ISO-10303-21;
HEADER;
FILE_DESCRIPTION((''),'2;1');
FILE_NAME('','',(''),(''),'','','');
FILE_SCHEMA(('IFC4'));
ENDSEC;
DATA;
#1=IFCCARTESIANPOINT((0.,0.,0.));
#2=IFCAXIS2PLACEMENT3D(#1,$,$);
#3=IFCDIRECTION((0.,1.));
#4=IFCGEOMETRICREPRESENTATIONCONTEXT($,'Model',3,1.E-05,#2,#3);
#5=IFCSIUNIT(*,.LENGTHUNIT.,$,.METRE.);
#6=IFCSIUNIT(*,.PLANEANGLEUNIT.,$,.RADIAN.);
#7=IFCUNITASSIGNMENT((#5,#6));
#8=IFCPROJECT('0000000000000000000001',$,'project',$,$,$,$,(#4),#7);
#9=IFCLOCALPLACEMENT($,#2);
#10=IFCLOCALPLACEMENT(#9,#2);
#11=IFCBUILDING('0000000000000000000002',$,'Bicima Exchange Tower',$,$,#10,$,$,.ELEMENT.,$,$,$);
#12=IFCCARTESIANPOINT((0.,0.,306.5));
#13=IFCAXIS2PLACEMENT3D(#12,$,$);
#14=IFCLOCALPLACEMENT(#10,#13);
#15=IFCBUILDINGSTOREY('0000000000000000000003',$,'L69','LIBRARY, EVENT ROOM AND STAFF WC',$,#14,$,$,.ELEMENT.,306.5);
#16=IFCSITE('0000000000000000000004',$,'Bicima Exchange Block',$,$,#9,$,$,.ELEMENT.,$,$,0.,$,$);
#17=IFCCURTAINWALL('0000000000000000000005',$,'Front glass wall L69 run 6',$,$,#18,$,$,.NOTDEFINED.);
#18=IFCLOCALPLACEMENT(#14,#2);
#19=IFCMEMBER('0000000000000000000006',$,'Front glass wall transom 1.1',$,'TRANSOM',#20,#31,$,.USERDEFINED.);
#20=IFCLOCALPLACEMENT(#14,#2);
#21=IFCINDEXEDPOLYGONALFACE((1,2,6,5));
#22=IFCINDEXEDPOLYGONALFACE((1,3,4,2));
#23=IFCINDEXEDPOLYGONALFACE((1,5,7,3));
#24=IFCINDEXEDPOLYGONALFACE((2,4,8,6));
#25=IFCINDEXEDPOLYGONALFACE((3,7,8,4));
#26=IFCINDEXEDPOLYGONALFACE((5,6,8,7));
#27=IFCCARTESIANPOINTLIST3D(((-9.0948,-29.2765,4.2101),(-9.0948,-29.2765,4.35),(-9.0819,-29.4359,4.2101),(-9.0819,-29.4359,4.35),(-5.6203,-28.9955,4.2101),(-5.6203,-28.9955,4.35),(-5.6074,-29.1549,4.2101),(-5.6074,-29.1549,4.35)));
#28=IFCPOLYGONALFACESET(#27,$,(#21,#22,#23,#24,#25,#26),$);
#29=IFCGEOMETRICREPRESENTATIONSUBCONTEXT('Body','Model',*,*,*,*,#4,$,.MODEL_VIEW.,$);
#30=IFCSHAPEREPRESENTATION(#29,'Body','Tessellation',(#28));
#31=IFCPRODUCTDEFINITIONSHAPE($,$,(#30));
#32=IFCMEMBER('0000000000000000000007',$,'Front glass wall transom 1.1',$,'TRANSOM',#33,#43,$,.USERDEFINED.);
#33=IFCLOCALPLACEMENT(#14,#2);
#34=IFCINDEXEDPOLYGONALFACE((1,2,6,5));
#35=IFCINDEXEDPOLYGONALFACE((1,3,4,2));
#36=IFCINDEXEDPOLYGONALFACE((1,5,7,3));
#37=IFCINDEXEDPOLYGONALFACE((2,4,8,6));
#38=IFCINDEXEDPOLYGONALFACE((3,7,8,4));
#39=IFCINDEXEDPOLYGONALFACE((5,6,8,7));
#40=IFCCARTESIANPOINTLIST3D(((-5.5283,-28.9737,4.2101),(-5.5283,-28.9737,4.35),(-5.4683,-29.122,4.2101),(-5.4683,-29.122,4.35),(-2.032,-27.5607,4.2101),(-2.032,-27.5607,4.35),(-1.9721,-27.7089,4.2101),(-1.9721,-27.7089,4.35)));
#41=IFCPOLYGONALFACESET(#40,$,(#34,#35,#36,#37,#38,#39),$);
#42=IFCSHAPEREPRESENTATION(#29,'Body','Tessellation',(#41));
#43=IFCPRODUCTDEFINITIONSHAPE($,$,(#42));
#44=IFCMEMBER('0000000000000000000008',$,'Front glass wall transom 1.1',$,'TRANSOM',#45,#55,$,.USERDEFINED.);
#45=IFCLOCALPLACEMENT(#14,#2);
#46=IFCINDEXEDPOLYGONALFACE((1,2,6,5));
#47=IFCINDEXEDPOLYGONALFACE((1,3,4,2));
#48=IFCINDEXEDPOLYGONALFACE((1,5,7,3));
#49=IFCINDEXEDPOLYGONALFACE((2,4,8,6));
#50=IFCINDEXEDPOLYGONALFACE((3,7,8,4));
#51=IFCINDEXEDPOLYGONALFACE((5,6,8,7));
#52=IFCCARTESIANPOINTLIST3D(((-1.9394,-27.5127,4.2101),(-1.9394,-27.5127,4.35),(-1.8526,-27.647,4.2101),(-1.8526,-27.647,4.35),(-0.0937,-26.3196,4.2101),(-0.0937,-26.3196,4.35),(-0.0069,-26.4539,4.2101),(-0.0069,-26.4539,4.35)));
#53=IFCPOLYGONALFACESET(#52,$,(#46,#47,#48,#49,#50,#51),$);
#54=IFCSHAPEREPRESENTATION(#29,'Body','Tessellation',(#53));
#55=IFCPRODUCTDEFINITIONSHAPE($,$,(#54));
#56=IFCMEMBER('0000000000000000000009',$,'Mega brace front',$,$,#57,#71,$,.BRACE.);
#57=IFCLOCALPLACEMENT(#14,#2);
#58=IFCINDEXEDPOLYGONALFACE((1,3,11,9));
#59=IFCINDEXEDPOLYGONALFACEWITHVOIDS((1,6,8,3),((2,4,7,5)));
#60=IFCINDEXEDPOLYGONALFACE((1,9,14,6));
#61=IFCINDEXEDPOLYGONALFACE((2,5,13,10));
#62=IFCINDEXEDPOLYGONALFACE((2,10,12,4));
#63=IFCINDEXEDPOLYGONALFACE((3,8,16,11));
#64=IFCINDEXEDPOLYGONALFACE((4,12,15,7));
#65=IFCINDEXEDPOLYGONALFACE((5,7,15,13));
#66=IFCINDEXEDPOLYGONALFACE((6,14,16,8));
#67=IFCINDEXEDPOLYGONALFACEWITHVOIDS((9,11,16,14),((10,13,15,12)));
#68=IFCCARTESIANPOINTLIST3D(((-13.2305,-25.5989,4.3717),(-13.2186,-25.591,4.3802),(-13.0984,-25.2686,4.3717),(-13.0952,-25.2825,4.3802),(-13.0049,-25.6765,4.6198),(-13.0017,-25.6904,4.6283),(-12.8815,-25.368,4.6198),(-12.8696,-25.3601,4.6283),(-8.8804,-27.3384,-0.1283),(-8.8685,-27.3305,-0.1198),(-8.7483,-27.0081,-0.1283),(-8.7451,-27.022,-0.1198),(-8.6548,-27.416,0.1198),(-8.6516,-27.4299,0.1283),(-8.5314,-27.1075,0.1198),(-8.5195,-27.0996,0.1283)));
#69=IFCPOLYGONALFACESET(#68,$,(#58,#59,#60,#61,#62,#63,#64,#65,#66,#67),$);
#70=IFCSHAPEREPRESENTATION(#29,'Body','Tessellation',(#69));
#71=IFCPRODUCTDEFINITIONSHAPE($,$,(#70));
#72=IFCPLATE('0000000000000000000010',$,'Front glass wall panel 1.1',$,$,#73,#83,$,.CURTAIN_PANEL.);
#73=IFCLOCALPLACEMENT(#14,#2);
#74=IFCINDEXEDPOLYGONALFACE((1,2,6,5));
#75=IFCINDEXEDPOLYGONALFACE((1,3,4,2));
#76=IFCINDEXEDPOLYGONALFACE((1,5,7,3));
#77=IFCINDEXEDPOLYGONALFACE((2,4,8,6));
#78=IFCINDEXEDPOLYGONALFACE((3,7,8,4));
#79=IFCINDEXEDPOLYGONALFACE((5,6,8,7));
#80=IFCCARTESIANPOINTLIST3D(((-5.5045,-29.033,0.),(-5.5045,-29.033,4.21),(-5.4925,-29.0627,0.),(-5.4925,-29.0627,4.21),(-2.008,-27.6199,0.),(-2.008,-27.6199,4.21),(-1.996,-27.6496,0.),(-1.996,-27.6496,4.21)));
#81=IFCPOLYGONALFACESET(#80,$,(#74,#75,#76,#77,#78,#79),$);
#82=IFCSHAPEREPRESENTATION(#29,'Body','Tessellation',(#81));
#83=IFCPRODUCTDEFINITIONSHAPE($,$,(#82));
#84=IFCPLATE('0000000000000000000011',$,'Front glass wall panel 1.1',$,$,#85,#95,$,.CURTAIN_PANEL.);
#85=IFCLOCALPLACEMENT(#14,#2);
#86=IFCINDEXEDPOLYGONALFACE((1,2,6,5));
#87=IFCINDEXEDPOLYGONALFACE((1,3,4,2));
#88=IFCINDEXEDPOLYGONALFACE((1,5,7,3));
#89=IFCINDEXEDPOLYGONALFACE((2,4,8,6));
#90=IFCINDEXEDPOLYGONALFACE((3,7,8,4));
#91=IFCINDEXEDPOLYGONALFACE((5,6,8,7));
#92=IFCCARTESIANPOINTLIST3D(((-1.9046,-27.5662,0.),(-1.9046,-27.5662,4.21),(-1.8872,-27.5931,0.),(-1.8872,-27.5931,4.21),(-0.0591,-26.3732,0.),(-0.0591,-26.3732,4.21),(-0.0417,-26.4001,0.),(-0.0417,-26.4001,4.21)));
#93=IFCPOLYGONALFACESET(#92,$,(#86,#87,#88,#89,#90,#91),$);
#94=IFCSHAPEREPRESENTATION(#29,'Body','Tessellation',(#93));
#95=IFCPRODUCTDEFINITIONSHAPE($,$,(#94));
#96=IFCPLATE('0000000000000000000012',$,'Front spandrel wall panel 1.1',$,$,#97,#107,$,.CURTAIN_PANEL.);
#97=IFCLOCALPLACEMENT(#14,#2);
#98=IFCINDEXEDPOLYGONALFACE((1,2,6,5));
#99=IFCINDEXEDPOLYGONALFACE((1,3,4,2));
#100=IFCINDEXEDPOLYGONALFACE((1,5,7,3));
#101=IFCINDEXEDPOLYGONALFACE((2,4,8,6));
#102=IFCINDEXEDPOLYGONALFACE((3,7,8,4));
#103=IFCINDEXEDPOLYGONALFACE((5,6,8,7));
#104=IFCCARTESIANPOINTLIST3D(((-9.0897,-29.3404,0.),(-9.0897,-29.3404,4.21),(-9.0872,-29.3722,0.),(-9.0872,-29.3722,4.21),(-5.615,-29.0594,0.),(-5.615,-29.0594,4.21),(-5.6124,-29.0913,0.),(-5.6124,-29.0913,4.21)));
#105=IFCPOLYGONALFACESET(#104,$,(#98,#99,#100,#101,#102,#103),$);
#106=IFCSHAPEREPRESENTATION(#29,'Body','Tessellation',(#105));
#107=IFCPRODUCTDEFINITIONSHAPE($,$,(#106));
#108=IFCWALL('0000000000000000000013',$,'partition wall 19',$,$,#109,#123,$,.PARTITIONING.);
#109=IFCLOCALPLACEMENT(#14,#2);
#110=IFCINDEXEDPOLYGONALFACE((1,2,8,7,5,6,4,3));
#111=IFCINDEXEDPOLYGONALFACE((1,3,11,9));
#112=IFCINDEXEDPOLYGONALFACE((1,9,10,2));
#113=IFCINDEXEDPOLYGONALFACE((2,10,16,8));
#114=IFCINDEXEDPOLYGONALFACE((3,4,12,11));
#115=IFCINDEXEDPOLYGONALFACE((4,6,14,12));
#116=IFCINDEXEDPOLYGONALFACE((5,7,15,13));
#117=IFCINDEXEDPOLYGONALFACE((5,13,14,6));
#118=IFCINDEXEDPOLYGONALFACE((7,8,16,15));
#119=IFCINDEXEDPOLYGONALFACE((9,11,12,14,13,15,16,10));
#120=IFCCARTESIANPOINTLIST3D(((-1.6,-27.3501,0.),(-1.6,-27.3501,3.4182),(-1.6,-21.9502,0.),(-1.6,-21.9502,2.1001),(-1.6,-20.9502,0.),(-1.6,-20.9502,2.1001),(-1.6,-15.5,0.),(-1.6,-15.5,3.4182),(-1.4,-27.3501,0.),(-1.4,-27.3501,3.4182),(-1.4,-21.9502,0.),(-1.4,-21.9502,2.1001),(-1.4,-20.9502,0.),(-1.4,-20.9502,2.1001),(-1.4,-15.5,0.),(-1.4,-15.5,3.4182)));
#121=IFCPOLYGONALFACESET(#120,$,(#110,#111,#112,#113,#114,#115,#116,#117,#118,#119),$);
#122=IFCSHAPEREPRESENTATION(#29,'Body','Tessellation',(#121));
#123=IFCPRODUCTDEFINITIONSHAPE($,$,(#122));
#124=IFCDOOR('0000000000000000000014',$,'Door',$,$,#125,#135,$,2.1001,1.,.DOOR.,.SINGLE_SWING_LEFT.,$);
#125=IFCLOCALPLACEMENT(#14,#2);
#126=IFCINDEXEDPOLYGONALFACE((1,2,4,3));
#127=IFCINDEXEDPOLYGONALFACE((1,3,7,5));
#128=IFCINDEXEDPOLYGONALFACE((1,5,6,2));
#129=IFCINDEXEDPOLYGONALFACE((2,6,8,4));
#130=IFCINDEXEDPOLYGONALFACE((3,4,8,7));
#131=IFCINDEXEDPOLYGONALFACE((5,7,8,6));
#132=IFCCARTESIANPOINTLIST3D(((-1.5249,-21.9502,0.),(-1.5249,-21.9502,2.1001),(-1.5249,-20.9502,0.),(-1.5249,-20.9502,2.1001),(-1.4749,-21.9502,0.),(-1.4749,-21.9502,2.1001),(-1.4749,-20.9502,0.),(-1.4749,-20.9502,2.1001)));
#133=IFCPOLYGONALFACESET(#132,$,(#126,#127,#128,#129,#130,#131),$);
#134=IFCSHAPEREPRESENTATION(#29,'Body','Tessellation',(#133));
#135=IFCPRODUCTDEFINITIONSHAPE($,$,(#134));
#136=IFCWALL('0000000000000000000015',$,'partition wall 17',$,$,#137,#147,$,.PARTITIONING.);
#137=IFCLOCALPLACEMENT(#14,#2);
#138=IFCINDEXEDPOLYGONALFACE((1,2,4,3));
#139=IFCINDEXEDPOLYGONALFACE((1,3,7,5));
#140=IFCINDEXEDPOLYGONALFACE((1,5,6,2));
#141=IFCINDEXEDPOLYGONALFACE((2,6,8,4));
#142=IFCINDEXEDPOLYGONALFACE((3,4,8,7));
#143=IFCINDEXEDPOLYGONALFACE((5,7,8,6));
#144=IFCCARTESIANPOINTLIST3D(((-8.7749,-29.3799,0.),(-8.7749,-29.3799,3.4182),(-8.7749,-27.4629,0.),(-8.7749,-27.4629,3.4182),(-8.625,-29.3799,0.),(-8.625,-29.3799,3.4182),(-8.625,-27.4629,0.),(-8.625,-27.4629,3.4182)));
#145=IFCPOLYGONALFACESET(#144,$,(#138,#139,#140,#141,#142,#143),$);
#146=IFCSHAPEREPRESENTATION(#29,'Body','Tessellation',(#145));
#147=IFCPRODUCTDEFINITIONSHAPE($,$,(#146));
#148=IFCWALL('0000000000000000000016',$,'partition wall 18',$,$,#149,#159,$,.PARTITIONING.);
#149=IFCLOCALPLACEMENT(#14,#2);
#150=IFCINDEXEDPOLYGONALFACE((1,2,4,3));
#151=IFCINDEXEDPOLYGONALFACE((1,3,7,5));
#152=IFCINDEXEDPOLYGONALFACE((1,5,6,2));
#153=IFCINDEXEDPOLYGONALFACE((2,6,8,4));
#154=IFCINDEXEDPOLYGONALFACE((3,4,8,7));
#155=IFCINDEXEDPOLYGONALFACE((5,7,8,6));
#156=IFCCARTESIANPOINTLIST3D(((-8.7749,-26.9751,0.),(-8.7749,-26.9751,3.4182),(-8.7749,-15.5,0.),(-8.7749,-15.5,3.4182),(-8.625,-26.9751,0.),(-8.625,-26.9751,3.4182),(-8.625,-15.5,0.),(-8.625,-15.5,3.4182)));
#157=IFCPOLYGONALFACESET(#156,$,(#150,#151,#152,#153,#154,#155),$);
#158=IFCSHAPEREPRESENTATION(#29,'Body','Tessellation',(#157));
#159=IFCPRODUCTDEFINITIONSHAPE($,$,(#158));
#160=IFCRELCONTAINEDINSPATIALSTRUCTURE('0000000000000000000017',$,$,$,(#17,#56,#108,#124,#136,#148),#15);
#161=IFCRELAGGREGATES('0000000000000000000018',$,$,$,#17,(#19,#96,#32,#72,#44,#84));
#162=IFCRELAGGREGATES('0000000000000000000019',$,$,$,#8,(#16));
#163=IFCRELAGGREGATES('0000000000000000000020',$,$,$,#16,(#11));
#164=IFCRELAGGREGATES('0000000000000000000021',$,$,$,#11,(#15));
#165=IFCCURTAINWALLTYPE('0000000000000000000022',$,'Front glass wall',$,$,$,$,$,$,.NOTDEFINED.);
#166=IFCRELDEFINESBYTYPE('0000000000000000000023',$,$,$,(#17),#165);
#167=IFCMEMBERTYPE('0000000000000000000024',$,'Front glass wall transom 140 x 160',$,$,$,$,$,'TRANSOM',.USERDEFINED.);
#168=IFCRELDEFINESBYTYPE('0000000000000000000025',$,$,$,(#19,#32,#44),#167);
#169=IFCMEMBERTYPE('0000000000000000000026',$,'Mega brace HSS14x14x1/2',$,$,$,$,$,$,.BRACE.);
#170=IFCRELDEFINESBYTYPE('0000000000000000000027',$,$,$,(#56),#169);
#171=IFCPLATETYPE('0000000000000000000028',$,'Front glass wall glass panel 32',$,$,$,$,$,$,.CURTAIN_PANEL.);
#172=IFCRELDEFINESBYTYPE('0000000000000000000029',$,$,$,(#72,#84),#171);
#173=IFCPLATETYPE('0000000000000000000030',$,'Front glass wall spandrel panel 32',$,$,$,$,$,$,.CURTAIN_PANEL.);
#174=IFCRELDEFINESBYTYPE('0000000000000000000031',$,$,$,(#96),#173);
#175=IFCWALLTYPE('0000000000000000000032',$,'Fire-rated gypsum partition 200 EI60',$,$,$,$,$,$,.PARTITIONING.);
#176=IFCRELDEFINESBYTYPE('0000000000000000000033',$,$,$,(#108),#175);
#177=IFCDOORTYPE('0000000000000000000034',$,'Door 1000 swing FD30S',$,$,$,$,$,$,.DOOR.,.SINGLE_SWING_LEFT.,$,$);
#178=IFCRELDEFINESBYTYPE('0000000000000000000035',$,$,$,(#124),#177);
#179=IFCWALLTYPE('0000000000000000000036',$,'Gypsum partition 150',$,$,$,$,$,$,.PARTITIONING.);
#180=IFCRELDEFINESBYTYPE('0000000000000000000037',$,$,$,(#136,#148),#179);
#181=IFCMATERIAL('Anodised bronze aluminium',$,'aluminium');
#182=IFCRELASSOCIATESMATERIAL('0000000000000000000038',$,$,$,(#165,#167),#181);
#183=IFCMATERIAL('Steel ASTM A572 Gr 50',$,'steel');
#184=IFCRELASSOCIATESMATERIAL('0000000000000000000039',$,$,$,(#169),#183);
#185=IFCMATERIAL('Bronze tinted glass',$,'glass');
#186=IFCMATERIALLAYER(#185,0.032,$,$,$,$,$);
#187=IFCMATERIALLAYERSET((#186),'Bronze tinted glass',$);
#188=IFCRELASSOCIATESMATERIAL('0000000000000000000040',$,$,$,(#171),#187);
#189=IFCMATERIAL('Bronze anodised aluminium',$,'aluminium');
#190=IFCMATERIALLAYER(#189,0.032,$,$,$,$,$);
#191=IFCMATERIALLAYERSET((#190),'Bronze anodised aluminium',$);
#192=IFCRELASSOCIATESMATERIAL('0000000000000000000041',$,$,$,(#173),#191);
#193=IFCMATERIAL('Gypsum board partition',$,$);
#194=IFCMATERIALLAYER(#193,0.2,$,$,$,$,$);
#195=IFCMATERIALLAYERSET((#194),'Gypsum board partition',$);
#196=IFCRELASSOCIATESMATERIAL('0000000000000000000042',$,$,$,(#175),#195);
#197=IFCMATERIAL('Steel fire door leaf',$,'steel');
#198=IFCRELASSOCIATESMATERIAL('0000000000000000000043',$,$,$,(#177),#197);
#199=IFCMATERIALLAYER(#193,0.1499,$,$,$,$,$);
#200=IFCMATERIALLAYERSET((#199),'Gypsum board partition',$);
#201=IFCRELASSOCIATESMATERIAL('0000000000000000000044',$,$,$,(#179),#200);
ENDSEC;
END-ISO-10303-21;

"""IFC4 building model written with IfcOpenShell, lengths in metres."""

from ifc_helpers import new_model, si_unit, direction, frame, frame_2d, origin, origin_2d, place, context, subcontext, project, spatial, rectangle, hollow_rectangle, extrude, material, layer, layer_set, material_profile, profile_set, type_object, element, fill, aggregate, save


model = new_model("IFC4")

# Units and contexts
model_context = context("Model", 3, precision=1e-05, world=origin(), true_north=direction((0.0, 1.0)))
body_context = subcontext(model_context, "Body", "Model", "MODEL_VIEW")
ifc_project = project(units=[si_unit("LENGTHUNIT", "METRE"), si_unit("PLANEANGLEUNIT", "RADIAN")], contexts=[model_context])

# Site, building, storey
site_placement = place(None, origin())
site = spatial("IfcSite", under=ifc_project, at=site_placement, Name="Bicima Exchange Block", CompositionType="ELEMENT", RefElevation=0.0)
building_placement = place(site_placement, origin())
building = spatial("IfcBuilding", under=site, at=building_placement, Name="Bicima Exchange Tower", CompositionType="ELEMENT")
storey_placement = place(building_placement, frame((0.0, 0.0, 306.5)))
storey = spatial("IfcBuildingStorey", under=building, at=storey_placement, Name="L69", Description="LIBRARY, EVENT ROOM AND STAFF WC", CompositionType="ELEMENT", Elevation=306.5)

# Curtain wall, members
ifc_material_1 = material(Name="Anodised bronze aluminium", Category="aluminium")
curtain_wall_type = type_object("IfcCurtainWallType", Name="Front glass wall", PredefinedType="NOTDEFINED", material=ifc_material_1)
curtain_wall_placement = place(storey_placement, origin())
curtain_wall = element("IfcCurtainWall", 1, at=curtain_wall_placement, inside=storey, type_object=curtain_wall_type, Name="Front glass wall L69 run 6", PredefinedType="NOTDEFINED")
ifc_material_profile_1 = material_profile(ifc_material_1, rectangle(XDim=0.1599, YDim=0.1399, at=origin_2d()))
ifc_profile_set_1 = profile_set([ifc_material_profile_1], Name="Anodised bronze aluminium")
member_type_1 = type_object("IfcMemberType", Name="Front glass wall transom 140 x 160", ElementType="TRANSOM", PredefinedType="USERDEFINED", material=ifc_profile_set_1)
member_1_placement = place(storey_placement, frame((-9.0884, -29.3562, 4.28), z_axis=(0.996746, 0.080611, 0.0), x_axis=(-0.080611, 0.996746, 0.0)))
member_1 = element("IfcMember", 2, at=member_1_placement, type_object=member_type_1, Name="Front glass wall transom 1.1", ObjectType="TRANSOM", PredefinedType="USERDEFINED", context=body_context, shape_type="SweptSolid", body=[
    extrude(rectangle(XDim=0.1599, YDim=0.1399, at=origin_2d()), origin(), (0.0, 0.0, 1.0), 3.4858),
])
member_2_placement = place(storey_placement, frame((-5.4983, -29.0479, 4.28), z_axis=(0.92714, 0.374715, 0.0), x_axis=(-0.374715, 0.92714, 0.0)))
member_2 = element("IfcMember", 3, at=member_2_placement, type_object=member_type_1, Name="Front glass wall transom 1.1", ObjectType="TRANSOM", PredefinedType="USERDEFINED", context=body_context, shape_type="SweptSolid", body=[
    extrude(rectangle(XDim=0.1599, YDim=0.1399, at=origin_2d()), origin(), (0.0, 0.0, 1.0), 3.771),
])
member_3_placement = place(storey_placement, frame((-1.896, -27.5798, 4.28), z_axis=(0.839811, 0.542878, 0.0), x_axis=(-0.542878, 0.839811, 0.0)))
member_3 = element("IfcMember", 4, at=member_3_placement, type_object=member_type_1, Name="Front glass wall transom 1.1", ObjectType="TRANSOM", PredefinedType="USERDEFINED", context=body_context, shape_type="SweptSolid", body=[
    extrude(rectangle(XDim=0.1599, YDim=0.1399, at=origin_2d()), origin(), (0.0, 0.0, 1.0), 2.1978),
])

# Member
ifc_material_2 = material(Name="Steel ASTM A572 Gr 50", Category="steel")
ifc_material_profile_2 = material_profile(ifc_material_2, hollow_rectangle(XDim=0.3557, YDim=0.3557, WallThickness=0.0117, at=origin_2d()))
ifc_profile_set_2 = profile_set([ifc_material_profile_2], Name="Steel ASTM A572 Gr 50")
member_type_2 = type_object("IfcMemberType", Name="Mega brace HSS14x14x1/2", PredefinedType="BRACE", material=ifc_profile_set_2)
member_4_placement = place(storey_placement, frame((-8.7, -27.219, 0.0), z_axis=(-0.669648, 0.267777, 0.692724), x_axis=(-0.371292, -0.928516, 0.0)))
element("IfcMember", 5, at=member_4_placement, inside=storey, type_object=member_type_2, Name="Mega brace front", PredefinedType="BRACE", context=body_context, shape_type="SweptSolid", body=[
    extrude(hollow_rectangle(XDim=0.3557, YDim=0.3557, WallThickness=0.0117, at=origin_2d()), origin(), (0.0, 0.0, 1.0), 6.4961),
])

# Plates
ifc_material_3 = material(Name="Bronze tinted glass", Category="glass")
ifc_layer_1 = layer(ifc_material_3, 0.032)
ifc_layer_set_1 = layer_set([ifc_layer_1], Name="Bronze tinted glass")
plate_type_1 = type_object("IfcPlateType", Name="Front glass wall glass panel 32", PredefinedType="CURTAIN_PANEL", material=ifc_layer_set_1)
plate_1_placement = place(storey_placement, frame((-3.7502, -28.3413, 0.0), z_axis=(0.0, 0.0, 1.0), x_axis=(0.927144, 0.374705, 0.0)))
plate_1 = element("IfcPlate", 6, at=plate_1_placement, type_object=plate_type_1, Name="Front glass wall panel 1.1", PredefinedType="CURTAIN_PANEL", context=body_context, shape_type="SweptSolid", body=[
    extrude(rectangle(XDim=3.7712, YDim=0.032, at=origin_2d()), origin(), (0.0, 0.0, 1.0), 4.21),
])
plate_2_placement = place(storey_placement, frame((-0.9731, -26.9832, 0.0), z_axis=(0.0, 0.0, 1.0), x_axis=(0.839799, 0.542897, 0.0)))
plate_2 = element("IfcPlate", 7, at=plate_2_placement, type_object=plate_type_1, Name="Front glass wall panel 1.1", PredefinedType="CURTAIN_PANEL", context=body_context, shape_type="SweptSolid", body=[
    extrude(rectangle(XDim=2.1975, YDim=0.032, at=origin_2d()), origin(), (0.0, 0.0, 1.0), 4.21),
])
ifc_material_4 = material(Name="Bronze anodised aluminium", Category="aluminium")
ifc_layer_2 = layer(ifc_material_4, 0.032)
ifc_layer_set_2 = layer_set([ifc_layer_2], Name="Bronze anodised aluminium")
plate_type_2 = type_object("IfcPlateType", Name="Front glass wall spandrel panel 32", PredefinedType="CURTAIN_PANEL", material=ifc_layer_set_2)
plate_3_placement = place(storey_placement, frame((-7.3511, -29.2158, 0.0), z_axis=(0.0, 0.0, 1.0), x_axis=(0.996747, 0.080589, 0.0)))
plate_3 = element("IfcPlate", 8, at=plate_3_placement, type_object=plate_type_2, Name="Front spandrel wall panel 1.1", PredefinedType="CURTAIN_PANEL", context=body_context, shape_type="SweptSolid", body=[
    extrude(rectangle(XDim=3.4861, YDim=0.032, at=origin_2d()), origin(), (0.0, 0.0, 1.0), 4.21),
])
aggregate(curtain_wall, [member_1, plate_3, member_2, plate_1, member_3, plate_2])

# Wall, opening, door
ifc_material_5 = material(Name="Gypsum board partition")
ifc_layer_3 = layer(ifc_material_5, 0.2)
ifc_layer_set_3 = layer_set([ifc_layer_3], Name="Gypsum board partition")
wall_type_1 = type_object("IfcWallType", Name="Fire-rated gypsum partition 200 EI60", PredefinedType="PARTITIONING", material=ifc_layer_set_3)
wall_1_placement = place(storey_placement, frame((-1.5, -27.3501, 0.0), z_axis=(0.0, 0.0, 1.0), x_axis=(0.0, 1.0, 0.0)))
wall_1 = element("IfcWall", 9, at=wall_1_placement, inside=storey, type_object=wall_type_1, Name="partition wall 19", PredefinedType="PARTITIONING", context=body_context, shape_type="SweptSolid", body=[
    extrude(rectangle(XDim=11.8501, YDim=0.2, at=frame_2d((5.925, 0.0))), origin(), (0.0, 0.0, 1.0), 3.4182),
])
opening_placement = place(wall_1_placement, frame((5.3999, 0.0, 0.0)))
opening = element("IfcOpeningElement", 10, at=opening_placement, cuts=wall_1, PredefinedType="OPENING", context=body_context, shape_type="SweptSolid", body=[
    extrude(rectangle(XDim=1.0, YDim=2.1001, at=frame_2d((0.5, 1.05))), frame((0.0, 0.1118, 0.0), z_axis=(0.0, -1.0, 0.0), x_axis=(1.0, 0.0, 0.0)), (0.0, 0.0, 1.0), 0.2239),
])
ifc_material_6 = material(Name="Steel fire door leaf", Category="steel")
door_type = type_object("IfcDoorType", Name="Door 1000 swing FD30S", OperationType="SINGLE_SWING_LEFT", PredefinedType="DOOR", material=ifc_material_6)
door_placement = place(opening_placement, origin())
door = element("IfcDoor", 11, at=door_placement, inside=storey, type_object=door_type, Name="Door", OperationType="SINGLE_SWING_LEFT", OverallHeight=2.1001, OverallWidth=1.0, PredefinedType="DOOR", context=body_context, shape_type="SweptSolid", body=[
    extrude(rectangle(XDim=1.0, YDim=2.1001, at=frame_2d((0.5, 1.05))), frame((0.0, 0.0249, 0.0), z_axis=(0.0, -1.0, 0.0), x_axis=(1.0, 0.0, 0.0)), (0.0, 0.0, 1.0), 0.05),
])
fill(opening, door)

# Walls
ifc_layer_4 = layer(ifc_material_5, 0.1499)
ifc_layer_set_4 = layer_set([ifc_layer_4], Name="Gypsum board partition")
wall_type_2 = type_object("IfcWallType", Name="Gypsum partition 150", PredefinedType="PARTITIONING", material=ifc_layer_set_4)
wall_2_placement = place(storey_placement, frame((-8.7, -29.3799, 0.0), z_axis=(0.0, 0.0, 1.0), x_axis=(0.0, 1.0, 0.0)))
element("IfcWall", 12, at=wall_2_placement, inside=storey, type_object=wall_type_2, Name="partition wall 17", PredefinedType="PARTITIONING", context=body_context, shape_type="SweptSolid", body=[
    extrude(rectangle(XDim=1.917, YDim=0.1499, at=frame_2d((0.9585, 0.0))), origin(), (0.0, 0.0, 1.0), 3.4182),
])
wall_3_placement = place(storey_placement, frame((-8.7, -26.9751, 0.0), z_axis=(0.0, 0.0, 1.0), x_axis=(0.0, 1.0, 0.0)))
element("IfcWall", 13, at=wall_3_placement, inside=storey, type_object=wall_type_2, Name="partition wall 18", PredefinedType="PARTITIONING", context=body_context, shape_type="SweptSolid", body=[
    extrude(rectangle(XDim=11.4751, YDim=0.1499, at=frame_2d((5.7375, 0.0))), origin(), (0.0, 0.0, 1.0), 3.4182),
])

save(model, "model.ifc")
